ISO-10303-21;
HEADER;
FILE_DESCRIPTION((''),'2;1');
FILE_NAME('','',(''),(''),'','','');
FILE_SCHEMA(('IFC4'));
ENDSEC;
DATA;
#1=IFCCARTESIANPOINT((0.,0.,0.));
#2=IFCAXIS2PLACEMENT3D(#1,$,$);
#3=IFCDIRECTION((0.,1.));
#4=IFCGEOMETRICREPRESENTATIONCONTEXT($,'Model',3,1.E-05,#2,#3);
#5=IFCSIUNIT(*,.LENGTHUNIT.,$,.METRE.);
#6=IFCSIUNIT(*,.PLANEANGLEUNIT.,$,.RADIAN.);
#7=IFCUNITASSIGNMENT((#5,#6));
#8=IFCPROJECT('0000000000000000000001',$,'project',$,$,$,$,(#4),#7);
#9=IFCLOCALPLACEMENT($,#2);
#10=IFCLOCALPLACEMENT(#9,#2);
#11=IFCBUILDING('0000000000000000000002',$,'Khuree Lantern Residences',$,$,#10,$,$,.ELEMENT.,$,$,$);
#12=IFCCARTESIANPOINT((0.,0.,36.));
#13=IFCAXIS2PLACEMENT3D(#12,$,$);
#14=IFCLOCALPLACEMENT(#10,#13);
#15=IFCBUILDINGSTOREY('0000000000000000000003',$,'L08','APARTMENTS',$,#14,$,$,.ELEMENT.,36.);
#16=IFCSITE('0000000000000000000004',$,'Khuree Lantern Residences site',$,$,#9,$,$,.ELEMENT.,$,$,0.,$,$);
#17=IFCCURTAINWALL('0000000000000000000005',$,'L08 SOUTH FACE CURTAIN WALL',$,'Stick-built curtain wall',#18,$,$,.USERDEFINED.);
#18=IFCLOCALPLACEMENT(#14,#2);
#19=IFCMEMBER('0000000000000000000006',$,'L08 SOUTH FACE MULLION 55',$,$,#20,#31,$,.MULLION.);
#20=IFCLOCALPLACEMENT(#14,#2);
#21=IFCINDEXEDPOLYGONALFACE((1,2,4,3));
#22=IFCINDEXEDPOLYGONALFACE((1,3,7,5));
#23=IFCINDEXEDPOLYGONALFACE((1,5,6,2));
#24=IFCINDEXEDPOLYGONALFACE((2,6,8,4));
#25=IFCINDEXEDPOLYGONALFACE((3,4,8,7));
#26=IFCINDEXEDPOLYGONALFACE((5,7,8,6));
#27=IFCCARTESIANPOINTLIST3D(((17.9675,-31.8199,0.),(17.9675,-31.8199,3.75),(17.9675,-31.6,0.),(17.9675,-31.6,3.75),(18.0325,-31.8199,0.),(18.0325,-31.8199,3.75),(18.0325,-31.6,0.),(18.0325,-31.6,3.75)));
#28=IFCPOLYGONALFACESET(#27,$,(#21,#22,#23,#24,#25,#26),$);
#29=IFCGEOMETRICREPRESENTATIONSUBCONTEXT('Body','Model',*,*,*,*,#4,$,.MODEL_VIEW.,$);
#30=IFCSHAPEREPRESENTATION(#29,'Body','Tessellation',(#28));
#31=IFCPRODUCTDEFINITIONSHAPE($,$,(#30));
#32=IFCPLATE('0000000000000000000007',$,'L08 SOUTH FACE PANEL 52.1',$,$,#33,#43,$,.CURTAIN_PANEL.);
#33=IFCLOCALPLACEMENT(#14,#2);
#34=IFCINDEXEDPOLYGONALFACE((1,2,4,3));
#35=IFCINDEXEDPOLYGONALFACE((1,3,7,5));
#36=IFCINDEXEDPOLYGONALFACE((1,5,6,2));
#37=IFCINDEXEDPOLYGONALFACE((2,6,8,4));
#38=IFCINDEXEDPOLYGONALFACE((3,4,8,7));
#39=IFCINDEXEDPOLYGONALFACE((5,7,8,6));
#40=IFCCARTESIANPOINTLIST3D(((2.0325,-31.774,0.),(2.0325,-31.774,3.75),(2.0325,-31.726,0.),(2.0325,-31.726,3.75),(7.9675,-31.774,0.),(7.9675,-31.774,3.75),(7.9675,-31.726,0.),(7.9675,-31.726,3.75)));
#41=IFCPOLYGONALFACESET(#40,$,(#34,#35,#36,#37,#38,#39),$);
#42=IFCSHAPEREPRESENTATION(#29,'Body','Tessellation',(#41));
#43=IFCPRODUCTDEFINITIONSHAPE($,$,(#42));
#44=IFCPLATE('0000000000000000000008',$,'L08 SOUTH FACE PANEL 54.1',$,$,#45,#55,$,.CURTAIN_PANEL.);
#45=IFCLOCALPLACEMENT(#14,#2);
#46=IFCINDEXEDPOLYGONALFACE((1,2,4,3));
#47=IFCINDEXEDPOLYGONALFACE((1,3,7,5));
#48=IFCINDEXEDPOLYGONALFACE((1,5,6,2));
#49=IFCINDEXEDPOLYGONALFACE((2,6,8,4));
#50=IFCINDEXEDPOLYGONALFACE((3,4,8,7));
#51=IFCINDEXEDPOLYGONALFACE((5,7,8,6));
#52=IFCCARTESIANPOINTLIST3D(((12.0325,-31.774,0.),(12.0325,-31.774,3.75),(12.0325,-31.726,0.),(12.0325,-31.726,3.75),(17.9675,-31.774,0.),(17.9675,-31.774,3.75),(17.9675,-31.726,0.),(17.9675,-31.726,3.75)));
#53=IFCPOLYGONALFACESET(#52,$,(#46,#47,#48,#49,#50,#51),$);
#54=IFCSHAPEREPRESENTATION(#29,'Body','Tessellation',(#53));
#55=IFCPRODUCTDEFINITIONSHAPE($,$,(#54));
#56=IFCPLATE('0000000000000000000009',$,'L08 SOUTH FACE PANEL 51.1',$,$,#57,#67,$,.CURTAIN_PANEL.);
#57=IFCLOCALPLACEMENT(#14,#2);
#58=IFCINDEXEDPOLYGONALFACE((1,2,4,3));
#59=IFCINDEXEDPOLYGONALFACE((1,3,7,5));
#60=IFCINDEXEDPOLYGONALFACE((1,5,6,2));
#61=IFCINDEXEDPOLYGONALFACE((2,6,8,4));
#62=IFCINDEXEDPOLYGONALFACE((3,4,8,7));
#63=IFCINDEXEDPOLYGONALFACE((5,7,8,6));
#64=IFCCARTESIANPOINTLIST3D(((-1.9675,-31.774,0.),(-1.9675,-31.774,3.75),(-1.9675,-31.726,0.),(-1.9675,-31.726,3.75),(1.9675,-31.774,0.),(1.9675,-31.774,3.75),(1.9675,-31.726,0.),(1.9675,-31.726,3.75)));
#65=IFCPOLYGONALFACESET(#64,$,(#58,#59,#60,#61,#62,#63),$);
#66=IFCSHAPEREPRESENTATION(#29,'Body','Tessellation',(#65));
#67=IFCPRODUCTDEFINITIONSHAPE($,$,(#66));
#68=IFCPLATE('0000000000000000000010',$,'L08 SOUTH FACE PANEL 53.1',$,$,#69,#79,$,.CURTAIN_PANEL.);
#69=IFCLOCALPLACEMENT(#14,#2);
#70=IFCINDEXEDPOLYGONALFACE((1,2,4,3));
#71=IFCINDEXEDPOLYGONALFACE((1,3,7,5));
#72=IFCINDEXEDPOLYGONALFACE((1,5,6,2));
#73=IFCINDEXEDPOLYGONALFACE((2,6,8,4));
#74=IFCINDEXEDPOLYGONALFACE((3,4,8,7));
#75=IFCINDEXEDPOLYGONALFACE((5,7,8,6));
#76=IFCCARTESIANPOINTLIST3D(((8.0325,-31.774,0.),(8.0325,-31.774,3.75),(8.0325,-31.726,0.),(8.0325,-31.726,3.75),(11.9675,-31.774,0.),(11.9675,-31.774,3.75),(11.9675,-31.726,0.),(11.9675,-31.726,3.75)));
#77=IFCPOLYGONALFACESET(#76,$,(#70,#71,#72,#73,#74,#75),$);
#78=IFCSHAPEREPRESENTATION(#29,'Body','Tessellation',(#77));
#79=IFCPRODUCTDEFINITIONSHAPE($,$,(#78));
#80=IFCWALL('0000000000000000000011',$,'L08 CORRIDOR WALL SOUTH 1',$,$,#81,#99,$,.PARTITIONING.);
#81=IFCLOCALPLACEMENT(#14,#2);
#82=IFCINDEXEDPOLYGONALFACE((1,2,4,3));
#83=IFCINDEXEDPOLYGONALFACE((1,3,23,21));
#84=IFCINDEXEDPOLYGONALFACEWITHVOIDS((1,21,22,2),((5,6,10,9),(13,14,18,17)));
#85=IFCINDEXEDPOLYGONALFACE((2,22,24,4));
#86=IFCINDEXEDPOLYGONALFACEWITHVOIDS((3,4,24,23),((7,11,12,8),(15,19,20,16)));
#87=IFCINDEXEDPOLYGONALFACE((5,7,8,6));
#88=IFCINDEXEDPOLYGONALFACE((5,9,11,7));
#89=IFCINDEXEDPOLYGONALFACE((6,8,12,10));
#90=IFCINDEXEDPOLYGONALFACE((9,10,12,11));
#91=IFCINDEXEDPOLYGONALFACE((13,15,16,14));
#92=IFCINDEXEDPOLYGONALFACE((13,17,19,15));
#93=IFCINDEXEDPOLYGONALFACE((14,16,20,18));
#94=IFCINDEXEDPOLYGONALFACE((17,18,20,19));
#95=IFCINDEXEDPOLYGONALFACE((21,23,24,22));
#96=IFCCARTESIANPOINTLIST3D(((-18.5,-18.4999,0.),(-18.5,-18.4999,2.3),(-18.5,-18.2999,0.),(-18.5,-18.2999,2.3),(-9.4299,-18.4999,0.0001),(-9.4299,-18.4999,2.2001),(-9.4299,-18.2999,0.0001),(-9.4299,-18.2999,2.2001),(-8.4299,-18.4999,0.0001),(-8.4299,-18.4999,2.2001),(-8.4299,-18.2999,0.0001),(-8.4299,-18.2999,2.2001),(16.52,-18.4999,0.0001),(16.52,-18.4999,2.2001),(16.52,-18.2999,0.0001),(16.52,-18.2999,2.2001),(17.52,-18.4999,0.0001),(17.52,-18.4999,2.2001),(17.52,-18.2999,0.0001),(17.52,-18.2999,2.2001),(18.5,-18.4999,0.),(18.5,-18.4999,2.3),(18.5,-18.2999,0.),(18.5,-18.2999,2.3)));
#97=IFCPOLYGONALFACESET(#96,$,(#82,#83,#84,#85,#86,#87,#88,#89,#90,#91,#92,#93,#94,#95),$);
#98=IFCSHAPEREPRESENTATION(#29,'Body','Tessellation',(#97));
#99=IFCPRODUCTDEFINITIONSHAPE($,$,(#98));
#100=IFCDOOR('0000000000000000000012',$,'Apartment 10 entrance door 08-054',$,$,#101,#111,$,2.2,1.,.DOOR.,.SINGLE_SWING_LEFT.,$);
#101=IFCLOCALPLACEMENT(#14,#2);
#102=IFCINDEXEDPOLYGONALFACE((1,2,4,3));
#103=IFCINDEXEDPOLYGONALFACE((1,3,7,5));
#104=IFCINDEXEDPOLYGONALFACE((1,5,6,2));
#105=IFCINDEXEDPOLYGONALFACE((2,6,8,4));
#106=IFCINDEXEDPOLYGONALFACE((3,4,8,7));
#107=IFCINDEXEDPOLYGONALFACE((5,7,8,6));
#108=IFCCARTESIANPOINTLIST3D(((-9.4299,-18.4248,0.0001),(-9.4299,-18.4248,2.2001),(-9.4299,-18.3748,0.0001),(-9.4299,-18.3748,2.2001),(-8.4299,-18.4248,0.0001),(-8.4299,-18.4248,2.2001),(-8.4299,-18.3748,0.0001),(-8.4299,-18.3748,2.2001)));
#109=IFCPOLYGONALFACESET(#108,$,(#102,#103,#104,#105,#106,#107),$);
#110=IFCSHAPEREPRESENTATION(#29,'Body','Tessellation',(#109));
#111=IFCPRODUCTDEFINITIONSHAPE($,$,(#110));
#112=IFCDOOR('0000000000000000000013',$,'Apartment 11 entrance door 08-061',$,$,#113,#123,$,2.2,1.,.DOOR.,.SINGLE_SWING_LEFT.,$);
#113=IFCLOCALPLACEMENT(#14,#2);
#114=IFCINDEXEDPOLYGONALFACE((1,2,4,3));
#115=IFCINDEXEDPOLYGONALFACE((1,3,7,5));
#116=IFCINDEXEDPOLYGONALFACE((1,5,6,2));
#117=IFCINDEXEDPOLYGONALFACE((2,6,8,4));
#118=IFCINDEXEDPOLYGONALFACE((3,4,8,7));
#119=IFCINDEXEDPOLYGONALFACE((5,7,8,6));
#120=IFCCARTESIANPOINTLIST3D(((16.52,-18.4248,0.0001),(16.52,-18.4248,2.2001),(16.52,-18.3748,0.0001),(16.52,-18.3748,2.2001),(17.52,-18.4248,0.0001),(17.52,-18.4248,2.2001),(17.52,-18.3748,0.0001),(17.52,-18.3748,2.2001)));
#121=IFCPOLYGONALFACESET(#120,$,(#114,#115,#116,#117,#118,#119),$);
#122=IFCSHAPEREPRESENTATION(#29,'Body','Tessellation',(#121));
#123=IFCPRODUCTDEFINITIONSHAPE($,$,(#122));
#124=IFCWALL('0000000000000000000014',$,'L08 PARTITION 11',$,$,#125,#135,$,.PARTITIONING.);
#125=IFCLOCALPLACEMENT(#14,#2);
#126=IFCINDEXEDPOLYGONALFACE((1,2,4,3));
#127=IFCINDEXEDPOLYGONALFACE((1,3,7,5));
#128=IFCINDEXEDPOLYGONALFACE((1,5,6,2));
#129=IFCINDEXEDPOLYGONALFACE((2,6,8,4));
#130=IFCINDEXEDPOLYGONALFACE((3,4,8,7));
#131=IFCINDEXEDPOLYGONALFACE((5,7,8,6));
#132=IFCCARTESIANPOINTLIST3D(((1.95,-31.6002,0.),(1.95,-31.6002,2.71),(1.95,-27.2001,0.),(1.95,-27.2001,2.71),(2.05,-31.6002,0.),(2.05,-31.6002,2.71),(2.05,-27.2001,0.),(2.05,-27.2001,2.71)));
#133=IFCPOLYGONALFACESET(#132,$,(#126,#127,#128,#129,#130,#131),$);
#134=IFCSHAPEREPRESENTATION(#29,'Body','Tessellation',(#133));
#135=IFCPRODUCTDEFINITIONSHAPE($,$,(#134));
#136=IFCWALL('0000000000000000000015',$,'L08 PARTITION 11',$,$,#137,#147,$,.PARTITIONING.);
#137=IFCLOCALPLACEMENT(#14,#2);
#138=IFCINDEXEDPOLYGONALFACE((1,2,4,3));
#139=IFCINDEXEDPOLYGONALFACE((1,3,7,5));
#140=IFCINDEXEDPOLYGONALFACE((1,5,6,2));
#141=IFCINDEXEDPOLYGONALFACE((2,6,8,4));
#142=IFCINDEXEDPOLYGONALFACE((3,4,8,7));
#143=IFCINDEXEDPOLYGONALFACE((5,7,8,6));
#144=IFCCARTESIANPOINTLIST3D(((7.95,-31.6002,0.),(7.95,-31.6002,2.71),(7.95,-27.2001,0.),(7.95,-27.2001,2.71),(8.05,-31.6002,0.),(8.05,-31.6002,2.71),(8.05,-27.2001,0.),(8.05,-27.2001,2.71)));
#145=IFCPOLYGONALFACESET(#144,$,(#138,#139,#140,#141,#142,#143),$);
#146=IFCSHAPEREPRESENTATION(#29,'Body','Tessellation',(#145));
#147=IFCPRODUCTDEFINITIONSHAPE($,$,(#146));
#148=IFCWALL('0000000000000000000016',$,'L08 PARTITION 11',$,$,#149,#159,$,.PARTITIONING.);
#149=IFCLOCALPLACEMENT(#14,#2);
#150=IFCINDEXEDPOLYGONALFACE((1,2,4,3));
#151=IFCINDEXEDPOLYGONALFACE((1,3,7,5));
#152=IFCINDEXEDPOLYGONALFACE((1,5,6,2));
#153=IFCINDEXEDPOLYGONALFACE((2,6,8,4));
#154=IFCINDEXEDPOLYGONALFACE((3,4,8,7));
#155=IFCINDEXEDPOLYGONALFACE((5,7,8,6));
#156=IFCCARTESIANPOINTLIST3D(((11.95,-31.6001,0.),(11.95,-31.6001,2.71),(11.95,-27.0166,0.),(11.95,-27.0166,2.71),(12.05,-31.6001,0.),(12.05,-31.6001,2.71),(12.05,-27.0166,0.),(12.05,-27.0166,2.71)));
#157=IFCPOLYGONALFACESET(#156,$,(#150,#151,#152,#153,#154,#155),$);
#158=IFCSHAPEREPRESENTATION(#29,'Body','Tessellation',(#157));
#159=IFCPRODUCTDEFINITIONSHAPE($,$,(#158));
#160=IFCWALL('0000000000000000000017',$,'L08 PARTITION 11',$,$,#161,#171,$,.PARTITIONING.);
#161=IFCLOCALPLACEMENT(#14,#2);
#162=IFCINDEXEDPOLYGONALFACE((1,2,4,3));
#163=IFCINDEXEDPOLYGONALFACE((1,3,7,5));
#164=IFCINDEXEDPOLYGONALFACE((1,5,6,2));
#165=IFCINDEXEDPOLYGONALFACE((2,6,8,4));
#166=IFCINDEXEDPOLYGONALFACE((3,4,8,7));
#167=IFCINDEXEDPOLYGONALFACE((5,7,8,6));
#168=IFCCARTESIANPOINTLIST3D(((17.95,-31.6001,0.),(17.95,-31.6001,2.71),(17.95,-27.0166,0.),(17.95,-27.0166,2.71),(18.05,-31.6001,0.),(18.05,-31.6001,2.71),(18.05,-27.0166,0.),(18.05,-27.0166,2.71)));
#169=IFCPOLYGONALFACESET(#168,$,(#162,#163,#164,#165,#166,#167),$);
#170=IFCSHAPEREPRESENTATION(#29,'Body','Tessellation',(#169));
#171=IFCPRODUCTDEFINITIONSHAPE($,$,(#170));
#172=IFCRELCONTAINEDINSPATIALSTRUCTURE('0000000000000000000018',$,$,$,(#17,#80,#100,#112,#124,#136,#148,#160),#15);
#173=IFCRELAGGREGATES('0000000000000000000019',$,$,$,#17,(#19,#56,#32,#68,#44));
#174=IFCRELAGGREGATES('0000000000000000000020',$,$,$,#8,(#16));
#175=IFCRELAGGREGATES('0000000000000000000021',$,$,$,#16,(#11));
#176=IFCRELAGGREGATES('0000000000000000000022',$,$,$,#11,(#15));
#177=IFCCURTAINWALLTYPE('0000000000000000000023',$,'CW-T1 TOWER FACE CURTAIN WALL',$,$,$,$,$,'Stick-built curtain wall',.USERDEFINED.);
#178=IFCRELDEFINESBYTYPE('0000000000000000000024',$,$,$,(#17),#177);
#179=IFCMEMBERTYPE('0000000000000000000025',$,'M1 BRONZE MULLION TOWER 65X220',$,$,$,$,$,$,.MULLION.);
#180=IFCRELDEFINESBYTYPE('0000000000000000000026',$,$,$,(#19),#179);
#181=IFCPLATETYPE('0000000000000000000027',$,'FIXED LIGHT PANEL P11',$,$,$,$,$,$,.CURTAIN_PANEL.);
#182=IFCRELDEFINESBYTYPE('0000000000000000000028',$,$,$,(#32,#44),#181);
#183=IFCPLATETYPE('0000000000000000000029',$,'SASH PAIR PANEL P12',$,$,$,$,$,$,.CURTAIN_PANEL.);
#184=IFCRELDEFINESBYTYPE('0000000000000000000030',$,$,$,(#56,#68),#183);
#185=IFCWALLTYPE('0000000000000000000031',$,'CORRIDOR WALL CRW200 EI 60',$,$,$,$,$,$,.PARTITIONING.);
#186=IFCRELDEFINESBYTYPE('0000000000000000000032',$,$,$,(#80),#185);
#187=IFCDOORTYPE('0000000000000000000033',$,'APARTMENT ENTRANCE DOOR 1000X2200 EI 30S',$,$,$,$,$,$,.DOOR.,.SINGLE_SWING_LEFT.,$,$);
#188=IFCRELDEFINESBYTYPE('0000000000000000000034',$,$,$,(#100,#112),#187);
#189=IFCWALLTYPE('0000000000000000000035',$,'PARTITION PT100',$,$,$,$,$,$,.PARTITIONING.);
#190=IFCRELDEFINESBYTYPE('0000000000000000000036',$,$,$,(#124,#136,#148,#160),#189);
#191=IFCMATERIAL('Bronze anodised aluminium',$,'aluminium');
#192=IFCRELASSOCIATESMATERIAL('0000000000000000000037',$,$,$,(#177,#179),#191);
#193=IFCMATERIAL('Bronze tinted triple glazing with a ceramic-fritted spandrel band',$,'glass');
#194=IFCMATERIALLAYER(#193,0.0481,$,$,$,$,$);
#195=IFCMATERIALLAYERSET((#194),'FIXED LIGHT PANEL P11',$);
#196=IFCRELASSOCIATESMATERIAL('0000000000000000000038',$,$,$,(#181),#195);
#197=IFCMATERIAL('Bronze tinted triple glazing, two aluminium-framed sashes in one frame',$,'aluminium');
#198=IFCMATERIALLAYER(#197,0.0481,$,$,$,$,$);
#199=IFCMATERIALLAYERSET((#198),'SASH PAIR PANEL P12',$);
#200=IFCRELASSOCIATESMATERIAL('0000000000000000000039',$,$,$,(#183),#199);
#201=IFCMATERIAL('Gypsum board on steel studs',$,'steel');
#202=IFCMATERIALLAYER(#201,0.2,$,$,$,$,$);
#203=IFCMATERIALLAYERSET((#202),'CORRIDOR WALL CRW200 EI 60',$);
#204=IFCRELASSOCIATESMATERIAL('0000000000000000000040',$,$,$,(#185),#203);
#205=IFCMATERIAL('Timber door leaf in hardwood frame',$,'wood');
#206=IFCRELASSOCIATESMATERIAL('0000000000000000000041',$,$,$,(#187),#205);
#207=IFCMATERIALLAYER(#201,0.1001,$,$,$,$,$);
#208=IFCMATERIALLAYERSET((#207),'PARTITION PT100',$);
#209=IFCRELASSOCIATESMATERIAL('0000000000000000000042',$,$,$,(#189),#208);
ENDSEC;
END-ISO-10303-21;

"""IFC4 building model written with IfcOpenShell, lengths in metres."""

from ifc_helpers import new_model, si_unit, direction, frame, frame_2d, origin, origin_2d, place, context, subcontext, project, spatial, rectangle, extrude, material, layer, layer_set, material_profile, profile_set, type_object, element, fill, aggregate, save


model = new_model("IFC4")

# Units and contexts
model_context = context("Model", 3, precision=1e-05, world=origin(), true_north=direction((0.0, 1.0)))
body_context = subcontext(model_context, "Body", "Model", "MODEL_VIEW")
ifc_project = project(units=[si_unit("LENGTHUNIT", "METRE"), si_unit("PLANEANGLEUNIT", "RADIAN")], contexts=[model_context])

# Site, building, storey
site_placement = place(None, origin())
site = spatial("IfcSite", under=ifc_project, at=site_placement, Name="Khuree Lantern Residences site", CompositionType="ELEMENT", RefElevation=0.0)
building_placement = place(site_placement, origin())
building = spatial("IfcBuilding", under=site, at=building_placement, Name="Khuree Lantern Residences", CompositionType="ELEMENT")
storey_placement = place(building_placement, frame((0.0, 0.0, 36.0)))
storey = spatial("IfcBuildingStorey", under=building, at=storey_placement, Name="L08", Description="APARTMENTS", CompositionType="ELEMENT", Elevation=36.0)

# Curtain wall
ifc_material_1 = material(Name="Bronze anodised aluminium", Category="aluminium")
curtain_wall_type = type_object("IfcCurtainWallType", Name="CW-T1 TOWER FACE CURTAIN WALL", ElementType="Stick-built curtain wall", PredefinedType="USERDEFINED", material=ifc_material_1)
curtain_wall_placement = place(storey_placement, origin())
curtain_wall = element("IfcCurtainWall", 1, at=curtain_wall_placement, inside=storey, type_object=curtain_wall_type, Name="L08 SOUTH FACE CURTAIN WALL", ObjectType="Stick-built curtain wall", PredefinedType="USERDEFINED")

# Member
ifc_material_profile_1 = material_profile(ifc_material_1, rectangle(XDim=0.0649, YDim=0.22, at=origin_2d()), Name="M1 65X220")
ifc_profile_set_1 = profile_set([ifc_material_profile_1], Name="Bronze anodised aluminium")
member_type_1 = type_object("IfcMemberType", Name="M1 BRONZE MULLION TOWER 65X220", PredefinedType="MULLION", material=ifc_profile_set_1)
member_1_placement = place(storey_placement, frame((18.0, -31.71, 0.0), z_axis=(0.0, 0.0, 1.0), x_axis=(1.0, 0.0, 0.0)))
member_1 = element("IfcMember", 2, at=member_1_placement, type_object=member_type_1, Name="L08 SOUTH FACE MULLION 55", PredefinedType="MULLION", context=body_context, shape_type="SweptSolid", body=[
    extrude(rectangle(XDim=0.0649, YDim=0.22, at=origin_2d()), origin(), (0.0, 0.0, 1.0), 3.75),
])

# Plates
ifc_material_2 = material(Name="Bronze tinted triple glazing with a ceramic-fritted spandrel band", Category="glass")
ifc_layer_1 = layer(ifc_material_2, 0.0481)
ifc_layer_set_1 = layer_set([ifc_layer_1], Name="FIXED LIGHT PANEL P11")
plate_type_1 = type_object("IfcPlateType", Name="FIXED LIGHT PANEL P11", PredefinedType="CURTAIN_PANEL", material=ifc_layer_set_1)
plate_1_placement = place(storey_placement, frame((5.0, -31.75, 0.0), z_axis=(0.0, 0.0, 1.0), x_axis=(1.0, 0.0, 0.0)))
plate_1 = element("IfcPlate", 3, at=plate_1_placement, type_object=plate_type_1, Name="L08 SOUTH FACE PANEL 52.1", PredefinedType="CURTAIN_PANEL", context=body_context, shape_type="SweptSolid", body=[
    extrude(rectangle(XDim=5.9351, YDim=0.0481, at=origin_2d()), origin(), (0.0, 0.0, 1.0), 3.75),
])
plate_2_placement = place(storey_placement, frame((15.0, -31.75, 0.0), z_axis=(0.0, 0.0, 1.0), x_axis=(1.0, 0.0, 0.0)))
plate_2 = element("IfcPlate", 4, at=plate_2_placement, type_object=plate_type_1, Name="L08 SOUTH FACE PANEL 54.1", PredefinedType="CURTAIN_PANEL", context=body_context, shape_type="SweptSolid", body=[
    extrude(rectangle(XDim=5.9351, YDim=0.0481, at=origin_2d()), origin(), (0.0, 0.0, 1.0), 3.75),
])
ifc_material_3 = material(Name="Bronze tinted triple glazing, two aluminium-framed sashes in one frame", Category="aluminium")
ifc_layer_2 = layer(ifc_material_3, 0.0481)
ifc_layer_set_2 = layer_set([ifc_layer_2], Name="SASH PAIR PANEL P12")
plate_type_2 = type_object("IfcPlateType", Name="SASH PAIR PANEL P12", PredefinedType="CURTAIN_PANEL", material=ifc_layer_set_2)
plate_3_placement = place(storey_placement, frame((0.0, -31.75, 0.0), z_axis=(0.0, 0.0, 1.0), x_axis=(1.0, 0.0, 0.0)))
plate_3 = element("IfcPlate", 5, at=plate_3_placement, type_object=plate_type_2, Name="L08 SOUTH FACE PANEL 51.1", PredefinedType="CURTAIN_PANEL", context=body_context, shape_type="SweptSolid", body=[
    extrude(rectangle(XDim=3.9351, YDim=0.0481, at=origin_2d()), origin(), (0.0, 0.0, 1.0), 3.75),
])
plate_4_placement = place(storey_placement, frame((10.0, -31.75, 0.0), z_axis=(0.0, 0.0, 1.0), x_axis=(1.0, 0.0, 0.0)))
plate_4 = element("IfcPlate", 6, at=plate_4_placement, type_object=plate_type_2, Name="L08 SOUTH FACE PANEL 53.1", PredefinedType="CURTAIN_PANEL", context=body_context, shape_type="SweptSolid", body=[
    extrude(rectangle(XDim=3.9351, YDim=0.0481, at=origin_2d()), origin(), (0.0, 0.0, 1.0), 3.75),
])
aggregate(curtain_wall, [member_1, plate_3, plate_1, plate_4, plate_2])

# Wall, openings, doors
ifc_material_4 = material(Name="Gypsum board on steel studs", Category="steel")
ifc_layer_3 = layer(ifc_material_4, 0.2)
ifc_layer_set_3 = layer_set([ifc_layer_3], Name="CORRIDOR WALL CRW200 EI 60")
wall_type_1 = type_object("IfcWallType", Name="CORRIDOR WALL CRW200 EI 60", PredefinedType="PARTITIONING", material=ifc_layer_set_3)
wall_1_placement = place(storey_placement, frame((18.5, -18.3999, 0.0), z_axis=(0.0, 0.0, 1.0), x_axis=(-1.0, 0.0, 0.0)))
wall_1 = element("IfcWall", 7, at=wall_1_placement, inside=storey, type_object=wall_type_1, Name="L08 CORRIDOR WALL SOUTH 1", PredefinedType="PARTITIONING", context=body_context, shape_type="SweptSolid", body=[
    extrude(rectangle(XDim=37.0, YDim=0.2, at=frame_2d((18.5, 0.0))), origin(), (0.0, 0.0, 1.0), 2.3),
])
opening_1_placement = place(wall_1_placement, frame((26.9299, 0.0, 0.0)))
opening_1 = element("IfcOpeningElement", 8, at=opening_1_placement, cuts=wall_1, PredefinedType="OPENING", context=body_context, shape_type="SweptSolid", body=[
    extrude(rectangle(XDim=1.0, YDim=2.2, at=frame_2d((0.5, 1.1001))), frame((0.0, 0.1099, 0.0), z_axis=(0.0, -1.0, 0.0), x_axis=(1.0, 0.0, 0.0)), (0.0, 0.0, 1.0), 0.22),
])
opening_2_placement = place(wall_1_placement, frame((0.98, 0.0, 0.0)))
opening_2 = element("IfcOpeningElement", 9, at=opening_2_placement, cuts=wall_1, PredefinedType="OPENING", context=body_context, shape_type="SweptSolid", body=[
    extrude(rectangle(XDim=1.0, YDim=2.2, at=frame_2d((0.5, 1.1001))), frame((0.0, 0.1099, 0.0), z_axis=(0.0, -1.0, 0.0), x_axis=(1.0, 0.0, 0.0)), (0.0, 0.0, 1.0), 0.22),
])
ifc_material_5 = material(Name="Timber door leaf in hardwood frame", Category="wood")
door_type_1 = type_object("IfcDoorType", Name="APARTMENT ENTRANCE DOOR 1000X2200 EI 30S", OperationType="SINGLE_SWING_LEFT", PredefinedType="DOOR", material=ifc_material_5)
door_1_placement = place(opening_1_placement, origin())
door_1 = element("IfcDoor", 10, at=door_1_placement, inside=storey, type_object=door_type_1, Name="Apartment 10 entrance door 08-054", OperationType="SINGLE_SWING_LEFT", OverallHeight=2.2, OverallWidth=1.0, PredefinedType="DOOR", context=body_context, shape_type="SweptSolid", body=[
    extrude(rectangle(XDim=1.0, YDim=2.2, at=frame_2d((0.5, 1.1001))), frame((0.0, 0.0249, 0.0), z_axis=(0.0, -1.0, 0.0), x_axis=(1.0, 0.0, 0.0)), (0.0, 0.0, 1.0), 0.05),
])
fill(opening_1, door_1)
door_2_placement = place(opening_2_placement, origin())
door_2 = element("IfcDoor", 11, at=door_2_placement, inside=storey, type_object=door_type_1, Name="Apartment 11 entrance door 08-061", OperationType="SINGLE_SWING_LEFT", OverallHeight=2.2, OverallWidth=1.0, PredefinedType="DOOR", context=body_context, shape_type="SweptSolid", body=[
    extrude(rectangle(XDim=1.0, YDim=2.2, at=frame_2d((0.5, 1.1001))), frame((0.0, 0.0249, 0.0), z_axis=(0.0, -1.0, 0.0), x_axis=(1.0, 0.0, 0.0)), (0.0, 0.0, 1.0), 0.05),
])
fill(opening_2, door_2)

# Walls
ifc_layer_4 = layer(ifc_material_4, 0.1001)
ifc_layer_set_4 = layer_set([ifc_layer_4], Name="PARTITION PT100")
wall_type_2 = type_object("IfcWallType", Name="PARTITION PT100", PredefinedType="PARTITIONING", material=ifc_layer_set_4)
for number, where, z_axis, x_axis, name in (
    (12, (2.0, -27.2, 0.0), (0.0, 0.0, 1.0), (0.0, -1.0, 0.0), "L08 PARTITION 11"),
    (13, (8.0, -27.2, 0.0), (0.0, 0.0, 1.0), (0.0, -1.0, 0.0), "L08 PARTITION 11"),
):
    element("IfcWall", number, at=place(storey_placement, frame(where, z_axis=z_axis, x_axis=x_axis)), inside=storey, type_object=wall_type_2, Name=name, PredefinedType="PARTITIONING", context=body_context, shape_type="SweptSolid", body=[
        extrude(rectangle(XDim=4.4001, YDim=0.1001, at=frame_2d((2.2002, 0.0))), origin(), (0.0, 0.0, 1.0), 2.71),
    ])
for number, where, z_axis, x_axis, name in (
    (14, (12.0, -27.0166, 0.0), (0.0, 0.0, 1.0), (0.0, -1.0, 0.0), "L08 PARTITION 11"),
    (15, (18.0, -27.0166, 0.0), (0.0, 0.0, 1.0), (0.0, -1.0, 0.0), "L08 PARTITION 11"),
):
    element("IfcWall", number, at=place(storey_placement, frame(where, z_axis=z_axis, x_axis=x_axis)), inside=storey, type_object=wall_type_2, Name=name, PredefinedType="PARTITIONING", context=body_context, shape_type="SweptSolid", body=[
        extrude(rectangle(XDim=4.5835, YDim=0.1001, at=frame_2d((2.2917, 0.0))), origin(), (0.0, 0.0, 1.0), 2.71),
    ])

save(model, "model.ifc")
